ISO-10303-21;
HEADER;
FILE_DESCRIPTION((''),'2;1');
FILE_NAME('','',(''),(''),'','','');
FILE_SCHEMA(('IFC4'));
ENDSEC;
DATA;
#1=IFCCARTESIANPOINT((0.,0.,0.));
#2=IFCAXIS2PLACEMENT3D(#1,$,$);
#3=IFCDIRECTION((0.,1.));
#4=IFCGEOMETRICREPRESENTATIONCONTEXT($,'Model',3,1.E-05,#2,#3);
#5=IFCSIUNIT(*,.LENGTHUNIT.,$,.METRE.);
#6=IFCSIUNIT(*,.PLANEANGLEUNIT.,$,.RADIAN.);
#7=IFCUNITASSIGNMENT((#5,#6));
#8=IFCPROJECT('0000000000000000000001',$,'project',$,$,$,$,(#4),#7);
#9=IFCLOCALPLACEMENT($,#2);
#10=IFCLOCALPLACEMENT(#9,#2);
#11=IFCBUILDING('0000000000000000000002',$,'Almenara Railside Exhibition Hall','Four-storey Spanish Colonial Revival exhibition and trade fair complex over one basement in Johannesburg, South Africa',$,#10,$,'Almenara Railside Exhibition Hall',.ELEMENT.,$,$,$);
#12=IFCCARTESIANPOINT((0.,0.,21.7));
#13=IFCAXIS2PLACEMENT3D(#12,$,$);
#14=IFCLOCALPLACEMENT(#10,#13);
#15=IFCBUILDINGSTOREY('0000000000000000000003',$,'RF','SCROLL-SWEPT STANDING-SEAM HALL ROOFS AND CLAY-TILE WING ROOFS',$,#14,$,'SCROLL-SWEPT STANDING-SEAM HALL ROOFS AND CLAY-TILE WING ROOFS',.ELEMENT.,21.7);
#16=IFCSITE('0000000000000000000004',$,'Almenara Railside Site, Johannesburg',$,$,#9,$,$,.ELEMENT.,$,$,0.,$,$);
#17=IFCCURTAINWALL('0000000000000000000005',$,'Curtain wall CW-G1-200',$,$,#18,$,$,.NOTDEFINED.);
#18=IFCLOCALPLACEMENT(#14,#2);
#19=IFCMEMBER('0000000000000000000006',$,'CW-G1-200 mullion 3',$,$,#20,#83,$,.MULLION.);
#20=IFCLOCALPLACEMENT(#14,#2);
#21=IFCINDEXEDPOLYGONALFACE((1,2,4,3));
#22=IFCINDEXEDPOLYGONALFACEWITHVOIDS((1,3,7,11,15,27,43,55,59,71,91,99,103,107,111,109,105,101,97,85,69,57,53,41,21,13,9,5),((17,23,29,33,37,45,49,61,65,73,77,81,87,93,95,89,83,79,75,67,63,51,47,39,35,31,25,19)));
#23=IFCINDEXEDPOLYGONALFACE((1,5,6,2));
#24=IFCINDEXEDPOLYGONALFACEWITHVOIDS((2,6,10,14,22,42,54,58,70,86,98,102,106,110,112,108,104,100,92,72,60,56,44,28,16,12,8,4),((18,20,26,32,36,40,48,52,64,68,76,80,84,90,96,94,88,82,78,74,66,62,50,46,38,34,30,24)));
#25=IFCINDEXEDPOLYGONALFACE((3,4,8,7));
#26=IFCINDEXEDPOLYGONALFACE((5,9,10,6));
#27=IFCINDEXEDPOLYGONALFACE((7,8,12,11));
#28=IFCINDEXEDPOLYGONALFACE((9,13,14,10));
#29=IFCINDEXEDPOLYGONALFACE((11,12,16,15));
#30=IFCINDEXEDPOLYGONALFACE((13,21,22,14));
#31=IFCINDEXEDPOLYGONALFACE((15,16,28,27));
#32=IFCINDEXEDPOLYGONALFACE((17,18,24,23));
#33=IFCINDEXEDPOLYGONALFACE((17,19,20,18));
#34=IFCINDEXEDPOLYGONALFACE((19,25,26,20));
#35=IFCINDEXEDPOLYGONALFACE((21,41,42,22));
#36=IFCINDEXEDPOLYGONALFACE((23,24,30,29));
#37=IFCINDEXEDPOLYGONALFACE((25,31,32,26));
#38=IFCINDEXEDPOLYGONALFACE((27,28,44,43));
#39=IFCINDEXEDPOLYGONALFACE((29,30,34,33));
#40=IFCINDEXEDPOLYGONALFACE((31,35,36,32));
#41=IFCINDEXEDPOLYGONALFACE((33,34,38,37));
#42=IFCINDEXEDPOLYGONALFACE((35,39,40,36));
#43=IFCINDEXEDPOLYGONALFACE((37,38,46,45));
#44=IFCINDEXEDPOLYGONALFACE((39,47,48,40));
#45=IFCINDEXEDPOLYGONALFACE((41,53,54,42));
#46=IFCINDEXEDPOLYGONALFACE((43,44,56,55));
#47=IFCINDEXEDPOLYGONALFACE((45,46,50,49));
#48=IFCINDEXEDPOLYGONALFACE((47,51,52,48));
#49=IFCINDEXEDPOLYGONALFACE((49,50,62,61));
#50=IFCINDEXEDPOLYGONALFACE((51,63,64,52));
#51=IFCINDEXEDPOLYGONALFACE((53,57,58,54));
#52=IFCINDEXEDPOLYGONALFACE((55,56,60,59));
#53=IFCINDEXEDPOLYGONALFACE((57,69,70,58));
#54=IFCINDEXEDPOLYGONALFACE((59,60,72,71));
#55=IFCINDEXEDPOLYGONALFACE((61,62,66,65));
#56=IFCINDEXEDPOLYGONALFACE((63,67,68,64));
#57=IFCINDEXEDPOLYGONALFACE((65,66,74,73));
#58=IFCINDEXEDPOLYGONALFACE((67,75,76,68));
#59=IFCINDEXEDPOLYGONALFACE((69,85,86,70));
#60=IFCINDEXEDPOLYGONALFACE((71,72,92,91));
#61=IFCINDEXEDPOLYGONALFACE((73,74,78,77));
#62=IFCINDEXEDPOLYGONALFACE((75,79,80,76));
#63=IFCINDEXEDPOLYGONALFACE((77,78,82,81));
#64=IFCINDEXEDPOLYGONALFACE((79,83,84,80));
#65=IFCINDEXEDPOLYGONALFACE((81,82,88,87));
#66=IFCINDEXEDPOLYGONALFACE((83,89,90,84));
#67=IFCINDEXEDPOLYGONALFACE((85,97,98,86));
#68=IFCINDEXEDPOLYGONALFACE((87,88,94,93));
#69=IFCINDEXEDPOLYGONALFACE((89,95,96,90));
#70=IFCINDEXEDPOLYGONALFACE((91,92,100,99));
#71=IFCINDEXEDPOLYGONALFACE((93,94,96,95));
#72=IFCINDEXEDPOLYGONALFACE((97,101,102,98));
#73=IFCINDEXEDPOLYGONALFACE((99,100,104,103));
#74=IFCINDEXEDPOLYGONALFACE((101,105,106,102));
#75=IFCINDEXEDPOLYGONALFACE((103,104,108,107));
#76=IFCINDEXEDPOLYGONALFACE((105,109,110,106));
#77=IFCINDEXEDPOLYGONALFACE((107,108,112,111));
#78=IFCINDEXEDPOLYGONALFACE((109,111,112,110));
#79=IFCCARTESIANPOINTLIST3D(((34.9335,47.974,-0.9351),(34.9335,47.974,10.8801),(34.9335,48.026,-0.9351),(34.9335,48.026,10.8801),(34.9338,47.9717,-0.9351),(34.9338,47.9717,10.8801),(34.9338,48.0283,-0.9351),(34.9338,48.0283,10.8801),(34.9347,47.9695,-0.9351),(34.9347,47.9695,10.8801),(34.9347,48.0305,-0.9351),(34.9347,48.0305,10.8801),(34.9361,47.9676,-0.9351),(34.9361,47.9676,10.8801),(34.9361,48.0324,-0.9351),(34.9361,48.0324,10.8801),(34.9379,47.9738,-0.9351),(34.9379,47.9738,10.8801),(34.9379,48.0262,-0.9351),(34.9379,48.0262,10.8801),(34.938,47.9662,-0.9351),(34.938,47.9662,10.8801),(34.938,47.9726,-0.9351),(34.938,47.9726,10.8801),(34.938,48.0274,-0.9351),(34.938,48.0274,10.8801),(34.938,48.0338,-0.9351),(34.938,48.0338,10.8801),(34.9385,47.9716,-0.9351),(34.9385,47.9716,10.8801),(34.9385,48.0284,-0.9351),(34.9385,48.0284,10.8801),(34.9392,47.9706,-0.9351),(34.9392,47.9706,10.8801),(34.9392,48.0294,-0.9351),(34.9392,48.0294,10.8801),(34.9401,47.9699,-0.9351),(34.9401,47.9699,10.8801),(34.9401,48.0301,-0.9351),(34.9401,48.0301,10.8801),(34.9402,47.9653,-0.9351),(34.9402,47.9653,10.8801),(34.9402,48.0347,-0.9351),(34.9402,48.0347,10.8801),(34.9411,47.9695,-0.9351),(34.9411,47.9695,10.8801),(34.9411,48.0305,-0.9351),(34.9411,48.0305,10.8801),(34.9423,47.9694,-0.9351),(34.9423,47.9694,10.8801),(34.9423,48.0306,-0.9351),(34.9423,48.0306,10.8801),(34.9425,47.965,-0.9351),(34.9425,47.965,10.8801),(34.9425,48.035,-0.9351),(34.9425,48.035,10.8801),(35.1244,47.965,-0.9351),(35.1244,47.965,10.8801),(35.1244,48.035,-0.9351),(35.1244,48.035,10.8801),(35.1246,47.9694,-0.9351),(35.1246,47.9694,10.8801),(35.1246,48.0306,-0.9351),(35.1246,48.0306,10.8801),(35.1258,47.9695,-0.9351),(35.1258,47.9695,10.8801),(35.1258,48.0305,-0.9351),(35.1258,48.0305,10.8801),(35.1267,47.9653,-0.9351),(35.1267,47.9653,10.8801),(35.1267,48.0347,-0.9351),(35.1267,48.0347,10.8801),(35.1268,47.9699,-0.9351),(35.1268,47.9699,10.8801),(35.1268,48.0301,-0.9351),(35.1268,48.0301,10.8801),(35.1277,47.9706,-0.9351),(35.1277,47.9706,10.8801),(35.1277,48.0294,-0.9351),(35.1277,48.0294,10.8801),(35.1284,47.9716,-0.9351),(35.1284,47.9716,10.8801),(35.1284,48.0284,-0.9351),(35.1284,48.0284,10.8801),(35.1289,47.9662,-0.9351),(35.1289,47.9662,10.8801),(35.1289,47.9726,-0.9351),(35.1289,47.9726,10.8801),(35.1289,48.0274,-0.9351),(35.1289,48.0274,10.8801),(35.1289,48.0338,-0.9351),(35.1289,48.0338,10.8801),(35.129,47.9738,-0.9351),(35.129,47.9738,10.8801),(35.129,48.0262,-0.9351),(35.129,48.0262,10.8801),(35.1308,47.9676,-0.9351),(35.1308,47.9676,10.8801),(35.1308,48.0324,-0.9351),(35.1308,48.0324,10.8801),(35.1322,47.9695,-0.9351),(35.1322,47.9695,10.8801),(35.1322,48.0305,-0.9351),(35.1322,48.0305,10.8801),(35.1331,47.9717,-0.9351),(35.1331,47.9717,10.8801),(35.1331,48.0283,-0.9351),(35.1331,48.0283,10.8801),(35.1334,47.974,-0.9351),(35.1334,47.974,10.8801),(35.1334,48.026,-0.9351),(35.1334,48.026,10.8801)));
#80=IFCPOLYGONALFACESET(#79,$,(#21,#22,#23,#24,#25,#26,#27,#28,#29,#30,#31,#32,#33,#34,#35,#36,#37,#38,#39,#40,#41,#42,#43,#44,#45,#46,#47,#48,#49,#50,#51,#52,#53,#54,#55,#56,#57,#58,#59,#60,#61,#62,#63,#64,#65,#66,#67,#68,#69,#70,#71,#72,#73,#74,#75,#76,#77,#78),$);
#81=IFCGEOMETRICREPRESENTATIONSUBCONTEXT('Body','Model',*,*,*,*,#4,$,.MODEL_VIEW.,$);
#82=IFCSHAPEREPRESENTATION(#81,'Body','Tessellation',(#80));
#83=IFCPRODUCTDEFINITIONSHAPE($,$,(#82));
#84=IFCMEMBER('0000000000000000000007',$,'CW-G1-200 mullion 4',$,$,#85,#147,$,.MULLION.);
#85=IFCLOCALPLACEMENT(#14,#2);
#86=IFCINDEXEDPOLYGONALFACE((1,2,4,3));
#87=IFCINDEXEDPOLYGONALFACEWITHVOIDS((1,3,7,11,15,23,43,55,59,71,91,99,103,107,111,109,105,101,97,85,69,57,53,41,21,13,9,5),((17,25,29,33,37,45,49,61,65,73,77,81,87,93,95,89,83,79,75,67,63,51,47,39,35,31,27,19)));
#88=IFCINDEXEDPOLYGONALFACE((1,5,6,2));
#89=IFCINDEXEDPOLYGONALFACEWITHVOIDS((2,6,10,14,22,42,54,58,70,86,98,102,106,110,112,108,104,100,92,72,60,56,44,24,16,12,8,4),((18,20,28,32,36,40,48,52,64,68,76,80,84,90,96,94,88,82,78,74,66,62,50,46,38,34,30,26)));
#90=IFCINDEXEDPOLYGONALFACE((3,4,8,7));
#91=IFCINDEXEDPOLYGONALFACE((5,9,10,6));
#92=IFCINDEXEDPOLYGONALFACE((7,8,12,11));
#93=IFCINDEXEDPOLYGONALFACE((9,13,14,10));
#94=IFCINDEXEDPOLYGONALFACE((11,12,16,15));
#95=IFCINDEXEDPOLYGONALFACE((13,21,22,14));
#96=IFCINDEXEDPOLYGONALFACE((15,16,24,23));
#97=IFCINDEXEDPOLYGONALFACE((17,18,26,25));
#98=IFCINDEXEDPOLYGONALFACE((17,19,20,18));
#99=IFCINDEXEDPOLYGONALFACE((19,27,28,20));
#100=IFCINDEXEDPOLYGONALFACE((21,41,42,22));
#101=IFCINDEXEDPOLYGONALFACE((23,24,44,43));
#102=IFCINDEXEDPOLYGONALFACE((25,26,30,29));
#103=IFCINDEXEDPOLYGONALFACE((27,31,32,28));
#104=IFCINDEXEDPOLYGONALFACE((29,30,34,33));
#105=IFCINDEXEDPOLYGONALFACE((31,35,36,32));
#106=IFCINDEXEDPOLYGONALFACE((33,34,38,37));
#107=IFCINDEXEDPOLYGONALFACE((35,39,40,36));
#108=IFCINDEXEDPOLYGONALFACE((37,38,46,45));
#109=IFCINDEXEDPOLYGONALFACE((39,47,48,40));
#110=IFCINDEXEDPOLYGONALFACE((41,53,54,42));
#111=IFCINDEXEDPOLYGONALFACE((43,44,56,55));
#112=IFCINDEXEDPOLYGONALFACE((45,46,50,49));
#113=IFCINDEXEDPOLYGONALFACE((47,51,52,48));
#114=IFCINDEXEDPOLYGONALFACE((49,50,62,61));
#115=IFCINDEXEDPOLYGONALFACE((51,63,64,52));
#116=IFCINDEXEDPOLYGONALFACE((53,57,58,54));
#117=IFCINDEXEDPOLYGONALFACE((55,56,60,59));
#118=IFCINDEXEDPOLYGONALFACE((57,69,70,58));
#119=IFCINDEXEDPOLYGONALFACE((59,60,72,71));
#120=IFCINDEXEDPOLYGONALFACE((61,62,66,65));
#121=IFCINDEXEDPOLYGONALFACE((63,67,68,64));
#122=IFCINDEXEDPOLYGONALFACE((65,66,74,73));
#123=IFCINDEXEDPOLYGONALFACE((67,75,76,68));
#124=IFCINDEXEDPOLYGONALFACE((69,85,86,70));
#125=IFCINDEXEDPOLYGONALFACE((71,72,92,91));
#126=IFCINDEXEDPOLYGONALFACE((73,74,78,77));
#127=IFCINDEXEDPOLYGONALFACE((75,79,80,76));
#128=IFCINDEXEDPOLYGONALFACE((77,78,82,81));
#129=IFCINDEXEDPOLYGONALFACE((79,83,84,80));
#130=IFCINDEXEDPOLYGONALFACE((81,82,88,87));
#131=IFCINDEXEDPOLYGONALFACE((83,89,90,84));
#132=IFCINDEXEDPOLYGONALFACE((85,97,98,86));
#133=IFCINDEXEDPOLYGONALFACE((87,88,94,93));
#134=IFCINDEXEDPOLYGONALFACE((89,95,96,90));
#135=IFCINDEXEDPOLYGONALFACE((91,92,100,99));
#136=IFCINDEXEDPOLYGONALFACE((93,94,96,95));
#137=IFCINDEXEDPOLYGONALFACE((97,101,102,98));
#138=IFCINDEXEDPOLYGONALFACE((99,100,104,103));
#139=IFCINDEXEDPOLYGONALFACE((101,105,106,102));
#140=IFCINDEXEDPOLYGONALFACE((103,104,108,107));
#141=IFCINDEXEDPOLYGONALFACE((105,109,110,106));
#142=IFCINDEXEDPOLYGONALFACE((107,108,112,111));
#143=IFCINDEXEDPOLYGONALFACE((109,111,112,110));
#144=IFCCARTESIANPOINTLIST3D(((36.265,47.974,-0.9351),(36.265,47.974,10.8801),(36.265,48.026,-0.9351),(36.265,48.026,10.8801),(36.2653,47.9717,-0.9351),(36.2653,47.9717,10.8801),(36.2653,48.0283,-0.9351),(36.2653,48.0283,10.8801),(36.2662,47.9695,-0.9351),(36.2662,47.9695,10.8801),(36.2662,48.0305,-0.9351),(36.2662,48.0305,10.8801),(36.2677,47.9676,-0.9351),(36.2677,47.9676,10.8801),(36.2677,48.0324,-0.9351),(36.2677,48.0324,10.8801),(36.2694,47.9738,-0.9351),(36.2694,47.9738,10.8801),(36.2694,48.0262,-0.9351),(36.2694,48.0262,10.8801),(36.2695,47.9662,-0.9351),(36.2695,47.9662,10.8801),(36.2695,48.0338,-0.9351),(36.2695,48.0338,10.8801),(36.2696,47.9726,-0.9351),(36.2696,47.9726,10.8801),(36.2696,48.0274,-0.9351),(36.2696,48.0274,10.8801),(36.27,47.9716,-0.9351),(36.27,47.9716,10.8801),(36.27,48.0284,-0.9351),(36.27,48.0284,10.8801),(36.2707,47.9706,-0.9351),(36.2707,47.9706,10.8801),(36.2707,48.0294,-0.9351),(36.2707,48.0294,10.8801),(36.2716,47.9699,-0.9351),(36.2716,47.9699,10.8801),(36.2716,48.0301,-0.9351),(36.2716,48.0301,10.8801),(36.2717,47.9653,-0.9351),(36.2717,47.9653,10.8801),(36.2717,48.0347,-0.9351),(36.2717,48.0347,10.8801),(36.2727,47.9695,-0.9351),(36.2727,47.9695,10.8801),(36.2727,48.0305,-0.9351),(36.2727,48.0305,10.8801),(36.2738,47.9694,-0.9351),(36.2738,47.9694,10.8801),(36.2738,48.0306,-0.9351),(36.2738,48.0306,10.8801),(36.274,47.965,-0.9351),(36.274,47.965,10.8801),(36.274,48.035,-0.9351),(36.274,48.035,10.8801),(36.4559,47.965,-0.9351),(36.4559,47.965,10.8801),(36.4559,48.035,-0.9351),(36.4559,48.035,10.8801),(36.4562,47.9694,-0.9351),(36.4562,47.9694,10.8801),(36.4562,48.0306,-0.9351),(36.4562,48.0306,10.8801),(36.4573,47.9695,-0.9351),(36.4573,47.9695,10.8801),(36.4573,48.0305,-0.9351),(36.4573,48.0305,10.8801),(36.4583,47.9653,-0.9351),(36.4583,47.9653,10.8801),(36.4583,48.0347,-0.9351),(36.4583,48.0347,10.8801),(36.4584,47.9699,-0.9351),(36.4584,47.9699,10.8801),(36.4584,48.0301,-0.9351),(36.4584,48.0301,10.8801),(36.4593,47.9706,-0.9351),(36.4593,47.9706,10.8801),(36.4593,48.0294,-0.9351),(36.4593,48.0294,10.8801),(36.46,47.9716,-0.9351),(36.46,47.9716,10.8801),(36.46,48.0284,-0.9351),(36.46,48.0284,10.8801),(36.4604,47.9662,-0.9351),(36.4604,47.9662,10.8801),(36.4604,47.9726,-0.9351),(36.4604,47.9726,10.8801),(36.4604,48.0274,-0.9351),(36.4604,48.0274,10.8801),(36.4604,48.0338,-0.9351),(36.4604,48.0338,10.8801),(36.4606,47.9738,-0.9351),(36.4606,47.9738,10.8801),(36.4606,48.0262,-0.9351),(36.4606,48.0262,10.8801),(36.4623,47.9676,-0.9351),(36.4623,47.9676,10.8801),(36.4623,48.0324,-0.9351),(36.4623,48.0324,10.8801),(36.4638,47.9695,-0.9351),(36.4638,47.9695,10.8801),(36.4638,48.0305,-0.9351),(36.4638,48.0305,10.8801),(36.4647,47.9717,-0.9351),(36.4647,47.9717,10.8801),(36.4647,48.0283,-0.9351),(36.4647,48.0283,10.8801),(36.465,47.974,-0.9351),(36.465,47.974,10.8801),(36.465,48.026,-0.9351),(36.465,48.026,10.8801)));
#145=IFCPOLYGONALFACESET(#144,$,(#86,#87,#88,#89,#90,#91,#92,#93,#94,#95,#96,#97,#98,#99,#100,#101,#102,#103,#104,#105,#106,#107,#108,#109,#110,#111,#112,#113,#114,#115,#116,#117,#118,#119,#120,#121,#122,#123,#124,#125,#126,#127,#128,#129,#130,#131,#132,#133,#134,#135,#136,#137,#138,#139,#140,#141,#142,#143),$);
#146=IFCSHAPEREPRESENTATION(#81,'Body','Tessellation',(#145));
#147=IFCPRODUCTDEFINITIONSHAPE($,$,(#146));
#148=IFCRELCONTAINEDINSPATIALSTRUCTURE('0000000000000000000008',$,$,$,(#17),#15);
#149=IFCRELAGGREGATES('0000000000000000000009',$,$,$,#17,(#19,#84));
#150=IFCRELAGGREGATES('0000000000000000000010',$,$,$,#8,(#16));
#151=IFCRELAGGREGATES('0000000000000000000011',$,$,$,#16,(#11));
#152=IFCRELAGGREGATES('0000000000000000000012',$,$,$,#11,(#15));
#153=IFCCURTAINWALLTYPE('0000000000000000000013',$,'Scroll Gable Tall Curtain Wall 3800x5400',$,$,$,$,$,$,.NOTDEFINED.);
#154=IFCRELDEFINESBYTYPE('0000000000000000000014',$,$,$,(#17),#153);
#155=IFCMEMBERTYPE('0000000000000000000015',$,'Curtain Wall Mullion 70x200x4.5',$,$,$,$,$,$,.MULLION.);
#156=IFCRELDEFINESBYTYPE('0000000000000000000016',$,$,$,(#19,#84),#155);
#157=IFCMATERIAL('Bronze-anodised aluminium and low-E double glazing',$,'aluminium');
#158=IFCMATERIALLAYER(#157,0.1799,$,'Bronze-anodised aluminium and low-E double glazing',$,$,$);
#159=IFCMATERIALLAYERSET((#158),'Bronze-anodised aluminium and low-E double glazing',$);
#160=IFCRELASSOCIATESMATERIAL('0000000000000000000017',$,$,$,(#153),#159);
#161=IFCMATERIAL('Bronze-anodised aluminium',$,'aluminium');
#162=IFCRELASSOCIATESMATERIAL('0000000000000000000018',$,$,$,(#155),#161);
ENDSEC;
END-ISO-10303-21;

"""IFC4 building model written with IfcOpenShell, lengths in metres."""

from ifc_helpers import new_model, si_unit, direction, frame, origin, origin_2d, place, context, subcontext, project, spatial, hollow_rectangle, extrude, material, layer, layer_set, material_profile, profile_set, type_object, element, aggregate, save


model = new_model("IFC4")

# Units and contexts
model_context = context("Model", 3, precision=1e-05, world=origin(), true_north=direction((0.0, 1.0)))
body_context = subcontext(model_context, "Body", "Model", "MODEL_VIEW")
ifc_project = project(units=[si_unit("LENGTHUNIT", "METRE"), si_unit("PLANEANGLEUNIT", "RADIAN")], contexts=[model_context])

# Site, building, storey
site_placement = place(None, origin())
site = spatial("IfcSite", under=ifc_project, at=site_placement, Name="Almenara Railside Site, Johannesburg", CompositionType="ELEMENT", RefElevation=0.0)
building_placement = place(site_placement, origin())
building = spatial("IfcBuilding", under=site, at=building_placement, Name="Almenara Railside Exhibition Hall", Description="Four-storey Spanish Colonial Revival exhibition and trade fair complex over one basement in Johannesburg, South Africa", LongName="Almenara Railside Exhibition Hall", CompositionType="ELEMENT")
storey_placement = place(building_placement, frame((0.0, 0.0, 21.7)))
storey = spatial("IfcBuildingStorey", under=building, at=storey_placement, Name="RF", Description="SCROLL-SWEPT STANDING-SEAM HALL ROOFS AND CLAY-TILE WING ROOFS", LongName="SCROLL-SWEPT STANDING-SEAM HALL ROOFS AND CLAY-TILE WING ROOFS", CompositionType="ELEMENT", Elevation=21.7)

# Curtain wall, members
ifc_material_1 = material(Name="Bronze-anodised aluminium and low-E double glazing", Category="aluminium")
ifc_layer_1 = layer(ifc_material_1, 0.1799, Name="Bronze-anodised aluminium and low-E double glazing")
ifc_layer_set_1 = layer_set([ifc_layer_1], Name="Bronze-anodised aluminium and low-E double glazing")
curtain_wall_type = type_object("IfcCurtainWallType", Name="Scroll Gable Tall Curtain Wall 3800x5400", PredefinedType="NOTDEFINED", material=ifc_layer_set_1)
ifc_material_2 = material(Name="Bronze-anodised aluminium", Category="aluminium")
curtain_wall_1_placement = place(storey_placement, origin())
curtain_wall_1 = element("IfcCurtainWall", 1, at=curtain_wall_1_placement, inside=storey, type_object=curtain_wall_type, Name="Curtain wall CW-G1-200", PredefinedType="NOTDEFINED")
ifc_material_profile_1 = material_profile(ifc_material_2, hollow_rectangle(XDim=0.0701, YDim=0.2, WallThickness=0.0044, InnerFilletRadius=0.0044, OuterFilletRadius=0.009, at=origin_2d()), Name="ALU-MUL 70x200x4.5")
ifc_profile_set_1 = profile_set([ifc_material_profile_1], Name="Bronze-anodised aluminium")
member_type_1 = type_object("IfcMemberType", Name="Curtain Wall Mullion 70x200x4.5", PredefinedType="MULLION", material=ifc_profile_set_1)
member_1_placement = place(storey_placement, frame((35.0334, 48.0, -0.9351), z_axis=(0.0, 0.0, 1.0), x_axis=(0.0, 1.0, 0.0)))
member_1 = element("IfcMember", 2, at=member_1_placement, type_object=member_type_1, Name="CW-G1-200 mullion 3", PredefinedType="MULLION", context=body_context, shape_type="SweptSolid", body=[
    extrude(hollow_rectangle(XDim=0.0701, YDim=0.2, WallThickness=0.0044, InnerFilletRadius=0.0044, OuterFilletRadius=0.009, at=origin_2d()), origin(), (0.0, 0.0, 1.0), 11.8152),
])
member_2_placement = place(storey_placement, frame((36.365, 48.0, -0.9351), z_axis=(0.0, 0.0, 1.0), x_axis=(0.0, 1.0, 0.0)))
member_2 = element("IfcMember", 3, at=member_2_placement, type_object=member_type_1, Name="CW-G1-200 mullion 4", PredefinedType="MULLION", context=body_context, shape_type="SweptSolid", body=[
    extrude(hollow_rectangle(XDim=0.0701, YDim=0.2, WallThickness=0.0044, InnerFilletRadius=0.0044, OuterFilletRadius=0.009, at=origin_2d()), origin(), (0.0, 0.0, 1.0), 11.8152),
])

aggregate(curtain_wall_1, [member_1, member_2])

save(model, "model.ifc")
